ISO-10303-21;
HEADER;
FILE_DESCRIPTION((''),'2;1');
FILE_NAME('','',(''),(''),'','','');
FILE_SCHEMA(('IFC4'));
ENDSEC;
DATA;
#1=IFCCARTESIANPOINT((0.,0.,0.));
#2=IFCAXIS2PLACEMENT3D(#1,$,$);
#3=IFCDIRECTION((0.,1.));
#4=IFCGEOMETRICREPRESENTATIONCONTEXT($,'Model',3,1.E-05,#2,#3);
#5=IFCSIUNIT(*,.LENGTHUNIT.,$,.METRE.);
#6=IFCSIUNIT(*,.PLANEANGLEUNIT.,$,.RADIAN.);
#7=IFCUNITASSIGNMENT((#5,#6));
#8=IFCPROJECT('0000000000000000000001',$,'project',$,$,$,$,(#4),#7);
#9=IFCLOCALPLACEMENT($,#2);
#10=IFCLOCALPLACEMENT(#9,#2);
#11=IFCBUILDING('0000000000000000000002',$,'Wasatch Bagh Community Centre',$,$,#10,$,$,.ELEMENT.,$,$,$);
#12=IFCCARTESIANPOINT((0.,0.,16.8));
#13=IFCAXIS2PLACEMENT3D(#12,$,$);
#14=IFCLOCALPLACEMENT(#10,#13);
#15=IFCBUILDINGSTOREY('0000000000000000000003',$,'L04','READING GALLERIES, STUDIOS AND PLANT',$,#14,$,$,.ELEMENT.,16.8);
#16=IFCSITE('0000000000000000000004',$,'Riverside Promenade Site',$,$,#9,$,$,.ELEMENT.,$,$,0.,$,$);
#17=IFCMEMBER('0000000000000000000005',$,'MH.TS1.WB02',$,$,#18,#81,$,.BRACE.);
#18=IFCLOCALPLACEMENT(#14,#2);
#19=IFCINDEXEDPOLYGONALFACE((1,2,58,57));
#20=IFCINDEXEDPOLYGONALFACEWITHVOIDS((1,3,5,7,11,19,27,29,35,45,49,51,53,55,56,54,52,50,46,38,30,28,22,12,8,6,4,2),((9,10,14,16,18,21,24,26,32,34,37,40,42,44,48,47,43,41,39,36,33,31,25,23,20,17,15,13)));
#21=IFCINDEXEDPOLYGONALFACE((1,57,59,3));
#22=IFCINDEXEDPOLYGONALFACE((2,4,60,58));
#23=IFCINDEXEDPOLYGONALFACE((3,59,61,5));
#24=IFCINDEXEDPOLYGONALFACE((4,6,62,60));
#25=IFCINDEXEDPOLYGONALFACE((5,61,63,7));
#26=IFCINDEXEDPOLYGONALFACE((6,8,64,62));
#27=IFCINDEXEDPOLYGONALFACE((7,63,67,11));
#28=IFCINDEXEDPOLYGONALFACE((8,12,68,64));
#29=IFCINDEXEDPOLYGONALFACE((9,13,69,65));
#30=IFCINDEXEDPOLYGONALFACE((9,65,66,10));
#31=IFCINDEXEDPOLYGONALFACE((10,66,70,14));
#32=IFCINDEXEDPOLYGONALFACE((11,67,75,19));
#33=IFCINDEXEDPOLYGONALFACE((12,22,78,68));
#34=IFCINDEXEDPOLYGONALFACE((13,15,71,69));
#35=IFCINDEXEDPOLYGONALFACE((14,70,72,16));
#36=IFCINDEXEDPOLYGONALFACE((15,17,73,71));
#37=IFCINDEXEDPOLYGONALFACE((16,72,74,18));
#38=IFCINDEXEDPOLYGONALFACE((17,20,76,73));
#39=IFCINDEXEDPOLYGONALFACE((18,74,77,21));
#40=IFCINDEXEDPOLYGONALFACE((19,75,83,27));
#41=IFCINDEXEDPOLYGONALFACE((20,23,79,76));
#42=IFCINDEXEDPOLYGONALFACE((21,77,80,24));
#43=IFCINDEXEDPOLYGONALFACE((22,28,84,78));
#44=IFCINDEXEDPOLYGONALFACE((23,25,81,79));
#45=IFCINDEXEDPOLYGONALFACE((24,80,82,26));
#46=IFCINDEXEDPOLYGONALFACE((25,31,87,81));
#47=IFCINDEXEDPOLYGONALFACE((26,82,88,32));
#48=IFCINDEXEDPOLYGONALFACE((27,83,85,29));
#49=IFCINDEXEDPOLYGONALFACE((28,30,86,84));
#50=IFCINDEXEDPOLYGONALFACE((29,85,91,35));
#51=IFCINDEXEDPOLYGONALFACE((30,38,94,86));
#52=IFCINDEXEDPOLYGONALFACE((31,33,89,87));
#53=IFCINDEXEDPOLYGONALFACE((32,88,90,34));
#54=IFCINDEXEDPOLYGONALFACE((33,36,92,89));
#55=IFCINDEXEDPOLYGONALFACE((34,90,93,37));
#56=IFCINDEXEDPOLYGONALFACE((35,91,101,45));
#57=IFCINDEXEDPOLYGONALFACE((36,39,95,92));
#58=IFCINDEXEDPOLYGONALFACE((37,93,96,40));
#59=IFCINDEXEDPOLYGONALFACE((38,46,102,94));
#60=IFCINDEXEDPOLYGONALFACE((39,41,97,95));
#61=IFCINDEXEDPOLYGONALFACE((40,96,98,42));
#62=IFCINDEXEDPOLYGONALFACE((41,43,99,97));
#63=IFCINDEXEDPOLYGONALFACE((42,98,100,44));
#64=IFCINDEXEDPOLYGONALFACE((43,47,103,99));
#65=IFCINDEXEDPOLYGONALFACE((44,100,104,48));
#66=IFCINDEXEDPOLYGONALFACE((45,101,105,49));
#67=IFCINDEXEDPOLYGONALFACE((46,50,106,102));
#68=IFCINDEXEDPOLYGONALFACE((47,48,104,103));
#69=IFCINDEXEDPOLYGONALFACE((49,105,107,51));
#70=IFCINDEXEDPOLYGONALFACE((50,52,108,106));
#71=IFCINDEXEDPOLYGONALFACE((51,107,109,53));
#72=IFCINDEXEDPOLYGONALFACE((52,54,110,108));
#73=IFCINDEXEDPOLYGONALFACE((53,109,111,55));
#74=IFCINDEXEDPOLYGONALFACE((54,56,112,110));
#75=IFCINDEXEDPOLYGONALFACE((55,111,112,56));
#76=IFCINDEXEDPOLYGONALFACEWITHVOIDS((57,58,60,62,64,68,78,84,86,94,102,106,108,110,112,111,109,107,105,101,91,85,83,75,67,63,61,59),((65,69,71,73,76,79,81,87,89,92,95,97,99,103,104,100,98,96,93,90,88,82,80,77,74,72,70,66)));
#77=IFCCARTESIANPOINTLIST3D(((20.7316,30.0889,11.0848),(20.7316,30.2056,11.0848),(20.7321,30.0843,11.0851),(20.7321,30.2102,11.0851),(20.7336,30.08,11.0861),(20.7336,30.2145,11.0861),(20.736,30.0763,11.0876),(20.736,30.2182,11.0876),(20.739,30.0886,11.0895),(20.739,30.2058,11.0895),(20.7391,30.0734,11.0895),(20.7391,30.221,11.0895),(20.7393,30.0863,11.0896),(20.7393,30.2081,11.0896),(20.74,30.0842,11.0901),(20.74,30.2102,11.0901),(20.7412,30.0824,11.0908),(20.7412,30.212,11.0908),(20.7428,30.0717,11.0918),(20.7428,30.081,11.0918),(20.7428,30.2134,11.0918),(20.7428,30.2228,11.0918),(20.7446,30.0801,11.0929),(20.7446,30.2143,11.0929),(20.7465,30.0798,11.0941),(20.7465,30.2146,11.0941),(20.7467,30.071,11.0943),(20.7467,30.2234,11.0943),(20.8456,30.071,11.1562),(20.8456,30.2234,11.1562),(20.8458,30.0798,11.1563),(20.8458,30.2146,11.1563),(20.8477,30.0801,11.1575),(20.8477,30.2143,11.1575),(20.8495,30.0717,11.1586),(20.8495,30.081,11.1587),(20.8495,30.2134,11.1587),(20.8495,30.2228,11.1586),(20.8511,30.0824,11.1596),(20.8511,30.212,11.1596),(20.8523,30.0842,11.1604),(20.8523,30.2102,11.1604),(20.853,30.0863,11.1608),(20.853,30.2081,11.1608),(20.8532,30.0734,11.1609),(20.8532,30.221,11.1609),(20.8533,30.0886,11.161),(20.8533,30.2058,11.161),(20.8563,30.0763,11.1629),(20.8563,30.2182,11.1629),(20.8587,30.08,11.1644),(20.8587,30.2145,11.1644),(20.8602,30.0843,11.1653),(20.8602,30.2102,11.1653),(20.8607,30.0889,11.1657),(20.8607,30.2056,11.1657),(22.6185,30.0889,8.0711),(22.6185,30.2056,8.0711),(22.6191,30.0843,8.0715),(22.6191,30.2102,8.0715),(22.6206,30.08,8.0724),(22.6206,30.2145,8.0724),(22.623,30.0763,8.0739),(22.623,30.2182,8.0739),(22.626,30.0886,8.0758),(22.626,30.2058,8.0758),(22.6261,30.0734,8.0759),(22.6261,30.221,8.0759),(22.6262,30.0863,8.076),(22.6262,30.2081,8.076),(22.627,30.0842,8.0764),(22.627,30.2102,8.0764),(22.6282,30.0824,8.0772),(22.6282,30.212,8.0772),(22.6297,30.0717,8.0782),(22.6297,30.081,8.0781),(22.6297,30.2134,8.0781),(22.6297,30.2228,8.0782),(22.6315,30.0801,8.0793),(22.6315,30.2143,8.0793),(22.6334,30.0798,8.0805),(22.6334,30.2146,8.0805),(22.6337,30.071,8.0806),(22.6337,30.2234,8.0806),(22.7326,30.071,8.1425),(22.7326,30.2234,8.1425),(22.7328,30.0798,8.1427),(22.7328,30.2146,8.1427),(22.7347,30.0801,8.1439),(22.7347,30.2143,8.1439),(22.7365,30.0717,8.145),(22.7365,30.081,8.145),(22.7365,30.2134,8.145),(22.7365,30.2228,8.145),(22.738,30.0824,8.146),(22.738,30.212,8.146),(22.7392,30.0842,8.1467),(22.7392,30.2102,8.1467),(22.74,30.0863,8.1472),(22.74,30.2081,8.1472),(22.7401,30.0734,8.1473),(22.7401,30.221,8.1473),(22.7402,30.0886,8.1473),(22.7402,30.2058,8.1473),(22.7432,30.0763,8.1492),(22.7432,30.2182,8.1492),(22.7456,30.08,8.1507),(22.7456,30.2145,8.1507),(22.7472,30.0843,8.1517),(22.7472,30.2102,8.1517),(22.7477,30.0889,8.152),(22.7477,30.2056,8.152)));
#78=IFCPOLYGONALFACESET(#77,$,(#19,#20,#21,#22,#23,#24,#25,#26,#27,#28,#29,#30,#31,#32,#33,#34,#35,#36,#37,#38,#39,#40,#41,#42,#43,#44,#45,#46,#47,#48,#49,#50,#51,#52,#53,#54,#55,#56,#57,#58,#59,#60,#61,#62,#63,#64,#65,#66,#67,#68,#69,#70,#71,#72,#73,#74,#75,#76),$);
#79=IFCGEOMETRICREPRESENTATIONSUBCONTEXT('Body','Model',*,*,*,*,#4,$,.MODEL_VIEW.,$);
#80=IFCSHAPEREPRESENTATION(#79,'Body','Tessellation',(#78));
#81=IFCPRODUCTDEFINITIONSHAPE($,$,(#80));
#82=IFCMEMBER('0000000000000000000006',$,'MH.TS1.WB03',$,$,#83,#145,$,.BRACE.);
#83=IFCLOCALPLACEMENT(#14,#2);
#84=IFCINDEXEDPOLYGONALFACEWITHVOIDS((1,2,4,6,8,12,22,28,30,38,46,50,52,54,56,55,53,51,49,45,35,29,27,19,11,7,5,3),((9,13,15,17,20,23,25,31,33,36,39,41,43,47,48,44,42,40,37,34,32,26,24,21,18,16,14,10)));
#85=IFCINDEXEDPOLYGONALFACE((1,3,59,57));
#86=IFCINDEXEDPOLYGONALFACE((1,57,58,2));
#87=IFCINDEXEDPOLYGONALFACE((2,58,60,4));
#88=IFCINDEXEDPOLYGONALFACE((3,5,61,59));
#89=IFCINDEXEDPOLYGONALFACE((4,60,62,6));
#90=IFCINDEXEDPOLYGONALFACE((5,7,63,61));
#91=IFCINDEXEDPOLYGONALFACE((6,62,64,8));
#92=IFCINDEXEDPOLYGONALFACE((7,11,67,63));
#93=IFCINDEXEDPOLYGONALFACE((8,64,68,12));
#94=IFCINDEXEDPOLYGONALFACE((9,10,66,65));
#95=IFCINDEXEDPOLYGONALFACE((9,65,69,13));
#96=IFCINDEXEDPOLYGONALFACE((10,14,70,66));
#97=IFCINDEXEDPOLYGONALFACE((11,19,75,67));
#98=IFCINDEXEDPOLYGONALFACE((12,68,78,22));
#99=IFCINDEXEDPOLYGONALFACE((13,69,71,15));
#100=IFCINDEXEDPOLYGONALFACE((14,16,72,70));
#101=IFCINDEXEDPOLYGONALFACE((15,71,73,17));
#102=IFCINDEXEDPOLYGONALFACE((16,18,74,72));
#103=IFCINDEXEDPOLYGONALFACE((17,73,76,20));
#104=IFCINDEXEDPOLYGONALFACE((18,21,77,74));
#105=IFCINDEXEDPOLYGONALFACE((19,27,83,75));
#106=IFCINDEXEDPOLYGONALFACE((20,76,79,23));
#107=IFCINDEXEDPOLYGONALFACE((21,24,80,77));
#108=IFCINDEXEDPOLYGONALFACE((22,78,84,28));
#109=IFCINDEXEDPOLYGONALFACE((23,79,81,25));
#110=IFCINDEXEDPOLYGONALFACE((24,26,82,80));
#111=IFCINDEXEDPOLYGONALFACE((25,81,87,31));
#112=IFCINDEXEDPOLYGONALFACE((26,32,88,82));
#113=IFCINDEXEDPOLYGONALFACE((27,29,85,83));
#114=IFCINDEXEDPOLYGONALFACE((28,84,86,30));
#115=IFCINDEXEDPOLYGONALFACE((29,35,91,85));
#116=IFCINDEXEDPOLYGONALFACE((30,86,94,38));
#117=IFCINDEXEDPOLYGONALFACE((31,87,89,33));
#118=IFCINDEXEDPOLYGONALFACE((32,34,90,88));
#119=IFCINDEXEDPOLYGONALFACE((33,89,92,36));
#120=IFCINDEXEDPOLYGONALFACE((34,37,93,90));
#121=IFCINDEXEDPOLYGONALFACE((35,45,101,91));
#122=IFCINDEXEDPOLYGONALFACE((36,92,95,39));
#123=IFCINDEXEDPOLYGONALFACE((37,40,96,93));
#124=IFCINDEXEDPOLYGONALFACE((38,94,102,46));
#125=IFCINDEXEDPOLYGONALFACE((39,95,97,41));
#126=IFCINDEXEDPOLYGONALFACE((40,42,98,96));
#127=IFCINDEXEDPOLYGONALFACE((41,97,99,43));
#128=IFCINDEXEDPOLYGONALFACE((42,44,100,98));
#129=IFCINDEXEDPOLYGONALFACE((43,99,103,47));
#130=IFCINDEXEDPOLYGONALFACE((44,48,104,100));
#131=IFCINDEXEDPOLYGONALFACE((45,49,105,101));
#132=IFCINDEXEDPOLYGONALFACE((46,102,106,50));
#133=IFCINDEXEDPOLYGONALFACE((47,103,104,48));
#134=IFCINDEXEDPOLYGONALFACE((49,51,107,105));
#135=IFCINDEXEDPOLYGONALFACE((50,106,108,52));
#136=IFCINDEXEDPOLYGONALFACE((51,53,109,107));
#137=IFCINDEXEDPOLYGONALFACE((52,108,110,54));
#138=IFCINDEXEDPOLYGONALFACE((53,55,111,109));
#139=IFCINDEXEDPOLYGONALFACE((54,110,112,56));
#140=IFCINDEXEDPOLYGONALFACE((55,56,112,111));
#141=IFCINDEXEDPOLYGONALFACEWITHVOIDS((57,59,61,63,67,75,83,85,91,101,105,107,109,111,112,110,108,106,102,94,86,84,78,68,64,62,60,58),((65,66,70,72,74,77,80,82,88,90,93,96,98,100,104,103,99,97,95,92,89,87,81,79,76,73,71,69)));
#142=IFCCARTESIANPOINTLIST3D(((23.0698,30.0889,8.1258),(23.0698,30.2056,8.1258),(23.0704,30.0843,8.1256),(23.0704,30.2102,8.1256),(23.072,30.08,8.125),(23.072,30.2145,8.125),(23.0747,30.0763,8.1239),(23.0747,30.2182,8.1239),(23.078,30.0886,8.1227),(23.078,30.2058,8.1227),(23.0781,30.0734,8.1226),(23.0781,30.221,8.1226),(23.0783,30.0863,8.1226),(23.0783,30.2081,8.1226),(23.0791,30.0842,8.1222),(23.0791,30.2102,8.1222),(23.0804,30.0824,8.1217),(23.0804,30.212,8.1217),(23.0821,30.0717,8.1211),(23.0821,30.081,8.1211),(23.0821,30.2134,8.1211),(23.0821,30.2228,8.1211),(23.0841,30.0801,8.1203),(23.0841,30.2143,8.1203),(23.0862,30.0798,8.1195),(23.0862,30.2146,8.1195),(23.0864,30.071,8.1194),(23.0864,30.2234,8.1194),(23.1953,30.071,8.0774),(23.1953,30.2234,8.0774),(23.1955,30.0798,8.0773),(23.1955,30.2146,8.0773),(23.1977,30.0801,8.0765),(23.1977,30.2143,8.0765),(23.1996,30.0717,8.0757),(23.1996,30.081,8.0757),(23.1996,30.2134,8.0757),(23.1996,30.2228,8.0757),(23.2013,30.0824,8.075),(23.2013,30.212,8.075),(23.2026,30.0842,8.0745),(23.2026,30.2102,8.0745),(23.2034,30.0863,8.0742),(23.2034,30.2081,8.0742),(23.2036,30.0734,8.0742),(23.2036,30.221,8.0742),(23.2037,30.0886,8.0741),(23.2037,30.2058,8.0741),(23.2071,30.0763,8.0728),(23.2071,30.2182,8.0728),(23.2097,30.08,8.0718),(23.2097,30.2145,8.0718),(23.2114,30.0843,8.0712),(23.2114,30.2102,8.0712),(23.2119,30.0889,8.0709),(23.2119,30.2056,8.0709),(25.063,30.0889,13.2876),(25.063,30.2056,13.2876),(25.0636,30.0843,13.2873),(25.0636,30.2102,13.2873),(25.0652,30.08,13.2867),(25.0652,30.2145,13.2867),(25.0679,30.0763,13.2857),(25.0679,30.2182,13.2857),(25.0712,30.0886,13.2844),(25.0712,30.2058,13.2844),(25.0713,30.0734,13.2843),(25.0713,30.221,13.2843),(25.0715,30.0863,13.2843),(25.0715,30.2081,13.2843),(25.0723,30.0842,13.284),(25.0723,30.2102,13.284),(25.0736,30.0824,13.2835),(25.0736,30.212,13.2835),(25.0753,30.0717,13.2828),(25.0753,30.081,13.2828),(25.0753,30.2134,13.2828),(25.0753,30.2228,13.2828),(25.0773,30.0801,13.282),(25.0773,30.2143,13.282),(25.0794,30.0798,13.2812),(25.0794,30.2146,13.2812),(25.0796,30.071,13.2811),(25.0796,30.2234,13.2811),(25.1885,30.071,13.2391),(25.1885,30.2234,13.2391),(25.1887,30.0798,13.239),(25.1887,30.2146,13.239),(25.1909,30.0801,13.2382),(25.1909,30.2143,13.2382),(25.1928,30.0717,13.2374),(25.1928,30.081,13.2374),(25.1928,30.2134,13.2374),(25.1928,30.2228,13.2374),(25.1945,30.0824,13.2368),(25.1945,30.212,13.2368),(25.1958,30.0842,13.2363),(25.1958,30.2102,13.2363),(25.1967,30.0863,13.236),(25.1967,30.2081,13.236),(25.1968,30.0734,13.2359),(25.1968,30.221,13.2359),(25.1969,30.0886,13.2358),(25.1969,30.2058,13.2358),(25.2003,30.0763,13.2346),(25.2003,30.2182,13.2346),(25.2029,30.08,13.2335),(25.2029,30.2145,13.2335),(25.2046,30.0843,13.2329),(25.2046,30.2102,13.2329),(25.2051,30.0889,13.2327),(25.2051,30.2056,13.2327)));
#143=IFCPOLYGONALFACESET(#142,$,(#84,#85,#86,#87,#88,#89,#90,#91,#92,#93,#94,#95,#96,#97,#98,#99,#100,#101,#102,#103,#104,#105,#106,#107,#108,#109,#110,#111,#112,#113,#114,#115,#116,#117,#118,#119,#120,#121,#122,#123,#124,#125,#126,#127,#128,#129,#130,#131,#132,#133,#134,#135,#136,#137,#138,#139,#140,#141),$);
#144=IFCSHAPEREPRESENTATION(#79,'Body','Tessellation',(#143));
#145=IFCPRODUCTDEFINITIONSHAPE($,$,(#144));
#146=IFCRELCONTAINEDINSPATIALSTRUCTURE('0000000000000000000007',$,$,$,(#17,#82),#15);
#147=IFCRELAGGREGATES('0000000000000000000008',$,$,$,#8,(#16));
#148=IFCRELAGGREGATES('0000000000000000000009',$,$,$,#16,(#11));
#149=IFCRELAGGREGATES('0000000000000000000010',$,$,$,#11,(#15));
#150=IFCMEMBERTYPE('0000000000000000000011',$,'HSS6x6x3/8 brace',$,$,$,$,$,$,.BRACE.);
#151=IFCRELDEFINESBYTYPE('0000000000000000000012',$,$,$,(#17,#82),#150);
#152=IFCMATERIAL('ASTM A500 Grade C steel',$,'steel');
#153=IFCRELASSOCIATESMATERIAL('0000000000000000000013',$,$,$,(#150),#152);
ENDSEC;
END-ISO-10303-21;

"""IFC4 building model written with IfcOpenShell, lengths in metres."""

from ifc_helpers import new_model, si_unit, direction, frame, origin, origin_2d, place, context, subcontext, project, spatial, hollow_rectangle, extrude, material, material_profile, profile_set, type_object, element, save


model = new_model("IFC4")

# Units and contexts
model_context = context("Model", 3, precision=1e-05, world=origin(), true_north=direction((0.0, 1.0)))
body_context = subcontext(model_context, "Body", "Model", "MODEL_VIEW")
ifc_project = project(units=[si_unit("LENGTHUNIT", "METRE"), si_unit("PLANEANGLEUNIT", "RADIAN")], contexts=[model_context])

# Site, building, storey
site_placement = place(None, origin())
site = spatial("IfcSite", under=ifc_project, at=site_placement, Name="Riverside Promenade Site", CompositionType="ELEMENT", RefElevation=0.0)
building_placement = place(site_placement, origin())
building = spatial("IfcBuilding", under=site, at=building_placement, Name="Wasatch Bagh Community Centre", CompositionType="ELEMENT")
storey_placement = place(building_placement, frame((0.0, 0.0, 16.8)))
storey = spatial("IfcBuildingStorey", under=building, at=storey_placement, Name="L04", Description="READING GALLERIES, STUDIOS AND PLANT", CompositionType="ELEMENT", Elevation=16.8)

# Members
ifc_material_1 = material(Name="ASTM A500 Grade C steel", Category="steel")
ifc_material_profile_1 = material_profile(ifc_material_1, hollow_rectangle(XDim=0.1523, YDim=0.1523, WallThickness=0.0088, InnerFilletRadius=0.0088, OuterFilletRadius=0.0178, at=origin_2d()), Name="HSS6x6x3/8")
ifc_profile_set_1 = profile_set([ifc_material_profile_1], Name="ASTM A500 Grade C steel")
member_type_1 = type_object("IfcMemberType", Name="HSS6x6x3/8 brace", PredefinedType="BRACE", material=ifc_profile_set_1)
member_1_placement = place(storey_placement, frame((22.6831, 30.1472, 8.1116), z_axis=(-0.53069, 0.0, 0.847566), x_axis=(0.0, -1.0, 0.0)))
element("IfcMember", 1, at=member_1_placement, inside=storey, type_object=member_type_1, Name="MH.TS1.WB02", PredefinedType="BRACE", context=body_context, shape_type="SweptSolid", body=[
    extrude(hollow_rectangle(XDim=0.1523, YDim=0.1523, WallThickness=0.0088, InnerFilletRadius=0.0088, OuterFilletRadius=0.0178, at=origin_2d()), origin(), (0.0, 0.0, 1.0), 3.5557),
])
member_2_placement = place(storey_placement, frame((23.1409, 30.1472, 8.0984), z_axis=(0.360227, 0.0, 0.932865), x_axis=(0.0, 1.0, 0.0)))
element("IfcMember", 2, at=member_2_placement, inside=storey, type_object=member_type_1, Name="MH.TS1.WB03", PredefinedType="BRACE", context=body_context, shape_type="SweptSolid", body=[
    extrude(hollow_rectangle(XDim=0.1523, YDim=0.1523, WallThickness=0.0088, InnerFilletRadius=0.0088, OuterFilletRadius=0.0178, at=origin_2d()), origin(), (0.0, 0.0, 1.0), 5.5332),
])

save(model, "model.ifc")
